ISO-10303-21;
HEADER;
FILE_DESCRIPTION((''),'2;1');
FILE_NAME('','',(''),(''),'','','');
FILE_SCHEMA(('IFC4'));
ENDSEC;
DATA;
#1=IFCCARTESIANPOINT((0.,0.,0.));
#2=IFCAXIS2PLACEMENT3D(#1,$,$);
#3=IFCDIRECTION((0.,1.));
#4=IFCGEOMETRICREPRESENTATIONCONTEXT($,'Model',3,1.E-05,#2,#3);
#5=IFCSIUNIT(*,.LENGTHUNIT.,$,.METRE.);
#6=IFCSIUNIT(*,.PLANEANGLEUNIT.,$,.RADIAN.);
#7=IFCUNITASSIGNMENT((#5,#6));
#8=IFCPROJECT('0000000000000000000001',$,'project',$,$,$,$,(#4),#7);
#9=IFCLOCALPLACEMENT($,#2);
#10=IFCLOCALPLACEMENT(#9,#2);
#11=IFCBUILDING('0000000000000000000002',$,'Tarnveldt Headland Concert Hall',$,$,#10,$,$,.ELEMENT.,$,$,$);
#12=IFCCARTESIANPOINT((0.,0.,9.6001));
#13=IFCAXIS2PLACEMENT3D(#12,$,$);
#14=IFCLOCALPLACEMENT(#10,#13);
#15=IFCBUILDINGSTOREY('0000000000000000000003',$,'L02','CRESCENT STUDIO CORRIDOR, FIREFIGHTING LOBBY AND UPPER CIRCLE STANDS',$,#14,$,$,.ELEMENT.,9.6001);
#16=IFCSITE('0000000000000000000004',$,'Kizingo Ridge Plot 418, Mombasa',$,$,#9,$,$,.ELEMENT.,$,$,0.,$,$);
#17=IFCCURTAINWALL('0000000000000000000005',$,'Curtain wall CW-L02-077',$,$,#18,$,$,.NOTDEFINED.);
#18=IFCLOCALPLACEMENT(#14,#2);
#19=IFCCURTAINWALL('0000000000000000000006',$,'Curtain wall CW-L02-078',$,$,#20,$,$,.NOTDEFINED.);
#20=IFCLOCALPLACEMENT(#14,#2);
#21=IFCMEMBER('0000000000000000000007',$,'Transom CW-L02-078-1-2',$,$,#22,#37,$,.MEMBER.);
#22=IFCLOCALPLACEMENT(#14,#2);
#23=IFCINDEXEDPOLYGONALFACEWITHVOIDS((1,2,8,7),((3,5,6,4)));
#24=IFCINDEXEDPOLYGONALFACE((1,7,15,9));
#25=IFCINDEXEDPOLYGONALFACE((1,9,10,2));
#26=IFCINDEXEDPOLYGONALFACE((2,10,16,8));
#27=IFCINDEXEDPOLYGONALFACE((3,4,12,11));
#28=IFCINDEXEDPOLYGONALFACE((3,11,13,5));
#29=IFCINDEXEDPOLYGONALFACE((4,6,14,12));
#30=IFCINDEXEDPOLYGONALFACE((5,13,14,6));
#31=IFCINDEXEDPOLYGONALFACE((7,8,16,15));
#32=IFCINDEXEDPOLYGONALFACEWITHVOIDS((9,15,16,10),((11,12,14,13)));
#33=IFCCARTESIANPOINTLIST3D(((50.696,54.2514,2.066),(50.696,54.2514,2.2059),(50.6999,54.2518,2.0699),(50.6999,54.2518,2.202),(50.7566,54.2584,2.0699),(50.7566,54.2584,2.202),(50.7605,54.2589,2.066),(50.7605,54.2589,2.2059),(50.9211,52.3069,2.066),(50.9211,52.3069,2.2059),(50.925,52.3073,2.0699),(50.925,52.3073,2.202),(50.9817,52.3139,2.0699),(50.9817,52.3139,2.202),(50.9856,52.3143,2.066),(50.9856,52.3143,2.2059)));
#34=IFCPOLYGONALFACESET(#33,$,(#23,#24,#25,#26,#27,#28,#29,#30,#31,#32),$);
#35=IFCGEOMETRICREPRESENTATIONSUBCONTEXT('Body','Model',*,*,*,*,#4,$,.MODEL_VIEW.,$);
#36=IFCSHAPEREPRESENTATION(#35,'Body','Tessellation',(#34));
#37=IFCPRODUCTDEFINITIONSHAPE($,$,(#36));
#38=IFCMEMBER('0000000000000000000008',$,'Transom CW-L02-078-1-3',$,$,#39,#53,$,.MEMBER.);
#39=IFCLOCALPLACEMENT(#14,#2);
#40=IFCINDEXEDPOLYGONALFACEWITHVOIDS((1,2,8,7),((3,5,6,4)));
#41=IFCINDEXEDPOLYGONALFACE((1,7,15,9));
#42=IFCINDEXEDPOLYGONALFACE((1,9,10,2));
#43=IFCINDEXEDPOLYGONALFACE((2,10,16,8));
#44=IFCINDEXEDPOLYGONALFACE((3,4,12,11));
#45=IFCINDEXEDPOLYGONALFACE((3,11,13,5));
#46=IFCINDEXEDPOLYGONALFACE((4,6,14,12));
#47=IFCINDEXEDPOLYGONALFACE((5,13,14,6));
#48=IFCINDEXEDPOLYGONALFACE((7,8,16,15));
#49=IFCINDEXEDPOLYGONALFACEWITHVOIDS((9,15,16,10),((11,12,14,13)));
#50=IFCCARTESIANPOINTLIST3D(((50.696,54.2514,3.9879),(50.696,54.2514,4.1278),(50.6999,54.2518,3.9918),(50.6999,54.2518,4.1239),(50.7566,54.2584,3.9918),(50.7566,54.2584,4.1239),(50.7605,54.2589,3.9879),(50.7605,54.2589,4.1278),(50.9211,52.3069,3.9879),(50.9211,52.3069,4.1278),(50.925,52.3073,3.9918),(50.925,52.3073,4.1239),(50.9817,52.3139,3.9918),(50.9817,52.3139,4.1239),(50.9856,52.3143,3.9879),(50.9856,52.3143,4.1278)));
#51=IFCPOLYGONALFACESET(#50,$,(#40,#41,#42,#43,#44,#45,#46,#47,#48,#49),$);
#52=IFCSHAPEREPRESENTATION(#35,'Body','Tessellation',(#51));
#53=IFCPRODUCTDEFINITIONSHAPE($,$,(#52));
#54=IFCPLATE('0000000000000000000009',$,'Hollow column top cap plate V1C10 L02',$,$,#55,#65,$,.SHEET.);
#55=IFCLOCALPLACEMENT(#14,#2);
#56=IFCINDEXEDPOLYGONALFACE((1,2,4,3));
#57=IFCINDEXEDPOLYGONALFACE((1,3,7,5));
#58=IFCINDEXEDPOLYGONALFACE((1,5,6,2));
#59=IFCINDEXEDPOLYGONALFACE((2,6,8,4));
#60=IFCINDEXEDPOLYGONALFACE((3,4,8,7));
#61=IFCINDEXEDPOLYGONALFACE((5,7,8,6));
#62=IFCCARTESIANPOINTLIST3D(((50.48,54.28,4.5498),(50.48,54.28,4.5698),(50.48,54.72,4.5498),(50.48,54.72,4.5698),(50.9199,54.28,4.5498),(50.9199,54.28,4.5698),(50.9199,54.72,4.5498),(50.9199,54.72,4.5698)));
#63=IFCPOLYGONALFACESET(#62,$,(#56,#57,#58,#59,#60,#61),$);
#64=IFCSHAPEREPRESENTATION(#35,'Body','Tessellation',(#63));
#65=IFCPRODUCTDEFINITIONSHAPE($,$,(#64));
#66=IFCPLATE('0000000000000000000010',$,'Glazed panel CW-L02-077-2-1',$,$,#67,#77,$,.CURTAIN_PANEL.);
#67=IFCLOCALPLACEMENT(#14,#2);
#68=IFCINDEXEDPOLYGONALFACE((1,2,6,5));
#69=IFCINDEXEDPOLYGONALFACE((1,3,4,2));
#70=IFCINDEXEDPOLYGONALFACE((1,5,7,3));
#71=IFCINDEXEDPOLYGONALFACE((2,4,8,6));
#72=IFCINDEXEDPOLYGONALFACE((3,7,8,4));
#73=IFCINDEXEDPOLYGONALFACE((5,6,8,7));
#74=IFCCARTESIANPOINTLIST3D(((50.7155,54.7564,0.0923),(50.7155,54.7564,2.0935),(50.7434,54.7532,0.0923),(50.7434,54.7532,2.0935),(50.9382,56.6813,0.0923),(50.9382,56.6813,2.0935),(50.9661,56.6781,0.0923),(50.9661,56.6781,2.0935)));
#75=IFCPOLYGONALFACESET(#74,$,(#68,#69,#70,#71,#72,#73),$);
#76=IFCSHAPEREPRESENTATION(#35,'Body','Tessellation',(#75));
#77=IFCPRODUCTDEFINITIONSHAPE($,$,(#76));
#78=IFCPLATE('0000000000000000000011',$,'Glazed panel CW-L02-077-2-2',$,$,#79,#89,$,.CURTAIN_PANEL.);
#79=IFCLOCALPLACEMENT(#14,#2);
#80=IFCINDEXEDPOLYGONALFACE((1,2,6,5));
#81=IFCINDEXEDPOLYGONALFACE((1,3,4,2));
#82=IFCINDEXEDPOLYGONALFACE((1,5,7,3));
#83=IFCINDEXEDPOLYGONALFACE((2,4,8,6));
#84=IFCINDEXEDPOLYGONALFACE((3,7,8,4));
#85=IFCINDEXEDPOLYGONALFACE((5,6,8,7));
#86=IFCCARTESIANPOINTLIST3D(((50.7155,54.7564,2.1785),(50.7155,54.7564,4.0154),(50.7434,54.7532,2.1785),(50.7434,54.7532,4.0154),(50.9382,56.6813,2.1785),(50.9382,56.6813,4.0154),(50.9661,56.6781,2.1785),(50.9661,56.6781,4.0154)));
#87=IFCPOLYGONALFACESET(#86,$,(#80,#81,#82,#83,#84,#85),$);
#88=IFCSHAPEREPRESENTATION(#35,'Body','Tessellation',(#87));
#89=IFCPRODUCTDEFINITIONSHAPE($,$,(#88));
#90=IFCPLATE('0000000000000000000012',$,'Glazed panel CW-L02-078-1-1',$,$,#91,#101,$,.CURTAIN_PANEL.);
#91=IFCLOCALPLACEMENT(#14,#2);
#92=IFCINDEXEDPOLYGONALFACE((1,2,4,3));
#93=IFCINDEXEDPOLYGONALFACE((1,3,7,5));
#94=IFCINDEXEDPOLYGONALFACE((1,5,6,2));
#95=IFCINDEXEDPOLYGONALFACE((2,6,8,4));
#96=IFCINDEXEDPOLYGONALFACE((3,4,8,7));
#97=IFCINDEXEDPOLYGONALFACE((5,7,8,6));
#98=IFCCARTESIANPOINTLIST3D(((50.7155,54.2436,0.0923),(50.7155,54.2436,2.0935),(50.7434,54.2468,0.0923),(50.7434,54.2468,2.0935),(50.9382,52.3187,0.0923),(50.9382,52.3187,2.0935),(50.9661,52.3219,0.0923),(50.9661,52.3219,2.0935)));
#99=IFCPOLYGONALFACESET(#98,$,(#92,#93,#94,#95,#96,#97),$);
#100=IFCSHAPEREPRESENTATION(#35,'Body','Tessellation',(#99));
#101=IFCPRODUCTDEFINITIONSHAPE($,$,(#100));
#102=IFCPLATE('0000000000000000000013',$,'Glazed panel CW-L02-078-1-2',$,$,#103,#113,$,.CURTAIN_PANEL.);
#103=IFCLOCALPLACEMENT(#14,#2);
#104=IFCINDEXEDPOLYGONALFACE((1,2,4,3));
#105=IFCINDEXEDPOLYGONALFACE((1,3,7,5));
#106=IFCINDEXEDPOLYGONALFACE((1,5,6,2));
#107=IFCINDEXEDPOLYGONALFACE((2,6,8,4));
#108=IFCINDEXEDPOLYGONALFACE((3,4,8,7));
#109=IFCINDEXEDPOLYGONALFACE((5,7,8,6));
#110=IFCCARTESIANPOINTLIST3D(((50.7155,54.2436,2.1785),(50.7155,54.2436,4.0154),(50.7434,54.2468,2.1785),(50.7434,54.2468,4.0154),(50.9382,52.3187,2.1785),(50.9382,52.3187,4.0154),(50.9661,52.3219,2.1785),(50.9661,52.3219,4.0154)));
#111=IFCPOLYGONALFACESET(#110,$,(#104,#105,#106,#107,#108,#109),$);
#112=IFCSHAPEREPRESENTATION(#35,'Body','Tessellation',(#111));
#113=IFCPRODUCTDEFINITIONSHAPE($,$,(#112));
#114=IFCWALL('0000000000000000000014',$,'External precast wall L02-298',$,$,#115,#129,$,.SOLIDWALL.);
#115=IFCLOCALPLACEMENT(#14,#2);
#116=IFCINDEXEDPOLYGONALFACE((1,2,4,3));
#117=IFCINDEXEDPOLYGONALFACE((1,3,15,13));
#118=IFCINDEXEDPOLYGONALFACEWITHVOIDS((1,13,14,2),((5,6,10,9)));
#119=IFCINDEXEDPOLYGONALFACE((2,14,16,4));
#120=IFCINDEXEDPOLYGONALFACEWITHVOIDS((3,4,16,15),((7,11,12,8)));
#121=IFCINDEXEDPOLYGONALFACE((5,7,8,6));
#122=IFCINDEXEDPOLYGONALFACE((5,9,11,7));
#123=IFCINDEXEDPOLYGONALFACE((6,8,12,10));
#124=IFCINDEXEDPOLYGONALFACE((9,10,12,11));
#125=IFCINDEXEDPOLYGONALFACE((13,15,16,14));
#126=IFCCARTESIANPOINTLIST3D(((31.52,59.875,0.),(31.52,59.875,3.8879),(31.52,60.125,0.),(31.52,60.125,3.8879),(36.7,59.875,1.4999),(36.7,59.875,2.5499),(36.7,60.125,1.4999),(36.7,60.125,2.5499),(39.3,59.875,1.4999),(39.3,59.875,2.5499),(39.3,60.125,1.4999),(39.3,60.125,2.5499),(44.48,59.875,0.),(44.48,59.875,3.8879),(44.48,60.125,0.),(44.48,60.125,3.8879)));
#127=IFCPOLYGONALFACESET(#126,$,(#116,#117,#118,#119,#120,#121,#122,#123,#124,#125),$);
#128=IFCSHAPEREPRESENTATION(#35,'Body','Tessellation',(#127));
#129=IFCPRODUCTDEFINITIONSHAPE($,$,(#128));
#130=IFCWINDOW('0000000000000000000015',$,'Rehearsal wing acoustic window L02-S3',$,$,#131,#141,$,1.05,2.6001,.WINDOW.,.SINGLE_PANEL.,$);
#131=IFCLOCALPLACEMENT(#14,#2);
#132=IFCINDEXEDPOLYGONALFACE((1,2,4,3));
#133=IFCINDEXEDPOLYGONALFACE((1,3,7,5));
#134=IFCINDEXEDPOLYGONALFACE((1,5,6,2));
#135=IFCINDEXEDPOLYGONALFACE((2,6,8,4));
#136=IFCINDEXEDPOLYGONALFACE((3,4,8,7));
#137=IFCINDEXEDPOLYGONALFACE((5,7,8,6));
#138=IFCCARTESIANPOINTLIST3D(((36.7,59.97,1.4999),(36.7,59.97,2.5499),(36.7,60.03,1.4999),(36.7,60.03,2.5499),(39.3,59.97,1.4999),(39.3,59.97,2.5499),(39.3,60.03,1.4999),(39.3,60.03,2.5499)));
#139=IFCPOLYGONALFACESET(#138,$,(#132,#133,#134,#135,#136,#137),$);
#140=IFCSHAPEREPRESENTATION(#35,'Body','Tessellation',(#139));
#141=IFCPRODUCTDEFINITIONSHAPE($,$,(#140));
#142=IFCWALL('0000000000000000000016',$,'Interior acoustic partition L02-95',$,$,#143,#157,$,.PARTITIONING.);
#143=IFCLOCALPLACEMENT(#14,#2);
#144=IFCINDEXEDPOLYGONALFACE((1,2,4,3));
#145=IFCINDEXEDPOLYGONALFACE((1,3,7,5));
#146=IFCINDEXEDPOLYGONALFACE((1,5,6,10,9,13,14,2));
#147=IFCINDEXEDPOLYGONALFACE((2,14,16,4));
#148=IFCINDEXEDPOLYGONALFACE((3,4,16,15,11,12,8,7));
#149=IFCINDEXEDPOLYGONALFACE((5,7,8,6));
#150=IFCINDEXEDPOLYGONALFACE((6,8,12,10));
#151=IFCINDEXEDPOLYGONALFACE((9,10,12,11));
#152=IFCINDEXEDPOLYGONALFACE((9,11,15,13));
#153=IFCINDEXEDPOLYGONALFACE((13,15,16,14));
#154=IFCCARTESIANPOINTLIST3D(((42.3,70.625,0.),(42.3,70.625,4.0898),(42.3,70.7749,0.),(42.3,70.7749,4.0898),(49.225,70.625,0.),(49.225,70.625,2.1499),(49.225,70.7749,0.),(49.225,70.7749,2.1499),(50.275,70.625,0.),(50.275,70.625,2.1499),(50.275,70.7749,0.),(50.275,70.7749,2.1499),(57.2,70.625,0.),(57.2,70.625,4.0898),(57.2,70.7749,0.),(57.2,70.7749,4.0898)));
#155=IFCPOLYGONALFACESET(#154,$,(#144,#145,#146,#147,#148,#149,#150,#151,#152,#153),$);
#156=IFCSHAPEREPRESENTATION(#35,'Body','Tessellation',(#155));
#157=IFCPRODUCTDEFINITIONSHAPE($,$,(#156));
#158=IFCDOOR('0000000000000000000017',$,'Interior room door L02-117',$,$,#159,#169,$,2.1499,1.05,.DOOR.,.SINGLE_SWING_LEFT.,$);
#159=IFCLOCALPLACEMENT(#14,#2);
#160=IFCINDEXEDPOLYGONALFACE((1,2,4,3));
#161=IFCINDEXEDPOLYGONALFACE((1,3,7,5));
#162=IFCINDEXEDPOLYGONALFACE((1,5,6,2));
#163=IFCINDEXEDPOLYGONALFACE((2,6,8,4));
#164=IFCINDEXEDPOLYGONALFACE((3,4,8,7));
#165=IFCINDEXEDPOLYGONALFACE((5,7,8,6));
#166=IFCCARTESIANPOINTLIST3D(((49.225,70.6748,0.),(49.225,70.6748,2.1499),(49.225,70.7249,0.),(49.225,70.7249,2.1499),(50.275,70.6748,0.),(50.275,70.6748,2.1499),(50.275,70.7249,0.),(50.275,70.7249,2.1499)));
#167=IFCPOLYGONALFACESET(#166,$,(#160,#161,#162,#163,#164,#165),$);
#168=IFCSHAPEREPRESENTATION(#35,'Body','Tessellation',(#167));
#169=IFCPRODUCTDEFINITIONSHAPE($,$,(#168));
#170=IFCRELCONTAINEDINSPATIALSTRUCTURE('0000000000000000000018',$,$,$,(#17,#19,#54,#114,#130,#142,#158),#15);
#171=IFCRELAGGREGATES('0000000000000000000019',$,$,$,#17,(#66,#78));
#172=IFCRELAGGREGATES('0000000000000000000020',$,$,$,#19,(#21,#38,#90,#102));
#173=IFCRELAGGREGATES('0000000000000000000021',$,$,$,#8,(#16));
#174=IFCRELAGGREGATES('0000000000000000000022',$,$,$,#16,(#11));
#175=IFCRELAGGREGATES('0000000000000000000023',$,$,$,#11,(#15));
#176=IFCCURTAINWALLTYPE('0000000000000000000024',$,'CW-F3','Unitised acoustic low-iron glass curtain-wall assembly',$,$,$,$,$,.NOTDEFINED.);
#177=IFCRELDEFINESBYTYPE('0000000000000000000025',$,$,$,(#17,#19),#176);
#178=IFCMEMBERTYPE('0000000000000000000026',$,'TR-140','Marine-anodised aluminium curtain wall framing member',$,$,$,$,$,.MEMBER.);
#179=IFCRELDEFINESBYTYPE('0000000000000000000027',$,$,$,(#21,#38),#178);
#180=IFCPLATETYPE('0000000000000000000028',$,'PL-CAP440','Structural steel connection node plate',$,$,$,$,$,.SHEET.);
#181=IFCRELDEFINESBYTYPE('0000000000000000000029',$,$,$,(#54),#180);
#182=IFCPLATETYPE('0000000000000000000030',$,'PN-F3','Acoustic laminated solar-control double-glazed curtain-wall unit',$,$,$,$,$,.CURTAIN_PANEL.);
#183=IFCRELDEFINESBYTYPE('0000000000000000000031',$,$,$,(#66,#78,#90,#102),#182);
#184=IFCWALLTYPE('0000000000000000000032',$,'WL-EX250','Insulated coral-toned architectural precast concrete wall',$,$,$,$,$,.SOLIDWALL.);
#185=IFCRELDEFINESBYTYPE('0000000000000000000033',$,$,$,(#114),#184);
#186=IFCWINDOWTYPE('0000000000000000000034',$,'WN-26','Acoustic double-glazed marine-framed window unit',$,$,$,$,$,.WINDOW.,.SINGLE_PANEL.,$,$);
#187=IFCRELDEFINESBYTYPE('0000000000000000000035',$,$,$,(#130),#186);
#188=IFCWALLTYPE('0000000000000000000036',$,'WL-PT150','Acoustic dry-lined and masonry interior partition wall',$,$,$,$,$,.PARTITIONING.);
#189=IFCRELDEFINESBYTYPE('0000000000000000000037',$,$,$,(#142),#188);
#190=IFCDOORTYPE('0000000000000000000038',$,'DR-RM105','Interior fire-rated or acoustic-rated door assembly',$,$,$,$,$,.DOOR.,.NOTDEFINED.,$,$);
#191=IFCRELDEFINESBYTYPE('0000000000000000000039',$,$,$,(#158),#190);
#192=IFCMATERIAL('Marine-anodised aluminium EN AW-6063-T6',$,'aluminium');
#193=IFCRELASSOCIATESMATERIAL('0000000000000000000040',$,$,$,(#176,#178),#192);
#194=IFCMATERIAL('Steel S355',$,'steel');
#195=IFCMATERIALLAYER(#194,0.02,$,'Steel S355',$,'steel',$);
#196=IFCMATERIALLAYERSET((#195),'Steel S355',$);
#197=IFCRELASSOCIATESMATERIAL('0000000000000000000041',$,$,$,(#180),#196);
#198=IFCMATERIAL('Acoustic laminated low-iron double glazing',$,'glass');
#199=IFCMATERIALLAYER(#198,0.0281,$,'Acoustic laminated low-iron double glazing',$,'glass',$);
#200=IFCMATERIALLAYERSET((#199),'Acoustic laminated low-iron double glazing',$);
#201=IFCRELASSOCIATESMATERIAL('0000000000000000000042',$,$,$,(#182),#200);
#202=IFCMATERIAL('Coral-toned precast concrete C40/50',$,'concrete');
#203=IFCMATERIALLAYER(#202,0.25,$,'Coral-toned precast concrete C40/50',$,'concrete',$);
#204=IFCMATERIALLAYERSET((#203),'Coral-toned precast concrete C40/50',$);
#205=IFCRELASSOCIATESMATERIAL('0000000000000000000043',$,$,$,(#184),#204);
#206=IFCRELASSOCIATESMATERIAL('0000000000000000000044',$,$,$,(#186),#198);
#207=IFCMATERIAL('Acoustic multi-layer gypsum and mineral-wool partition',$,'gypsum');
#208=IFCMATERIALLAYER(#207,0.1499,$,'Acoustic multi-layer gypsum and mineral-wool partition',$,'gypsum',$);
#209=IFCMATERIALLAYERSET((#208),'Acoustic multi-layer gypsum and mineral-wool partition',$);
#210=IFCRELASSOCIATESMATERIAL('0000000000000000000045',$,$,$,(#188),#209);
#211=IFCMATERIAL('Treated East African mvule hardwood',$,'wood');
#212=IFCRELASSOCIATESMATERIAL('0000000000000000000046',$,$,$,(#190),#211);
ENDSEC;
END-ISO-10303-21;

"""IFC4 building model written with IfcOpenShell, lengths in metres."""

from ifc_helpers import new_model, si_unit, direction, frame, frame_2d, origin, origin_2d, place, context, subcontext, project, spatial, rectangle, hollow_rectangle, extrude, material, layer, layer_set, material_profile, profile_set, type_object, element, fill, aggregate, save


model = new_model("IFC4")

# Units and contexts
model_context = context("Model", 3, precision=1e-05, world=origin(), true_north=direction((0.0, 1.0)))
body_context = subcontext(model_context, "Body", "Model", "MODEL_VIEW")
ifc_project = project(units=[si_unit("LENGTHUNIT", "METRE"), si_unit("PLANEANGLEUNIT", "RADIAN")], contexts=[model_context])

# Site, building, storey
site_placement = place(None, origin())
site = spatial("IfcSite", under=ifc_project, at=site_placement, Name="Kizingo Ridge Plot 418, Mombasa", CompositionType="ELEMENT", RefElevation=0.0)
building_placement = place(site_placement, origin())
building = spatial("IfcBuilding", under=site, at=building_placement, Name="Tarnveldt Headland Concert Hall", CompositionType="ELEMENT")
storey_placement = place(building_placement, frame((0.0, 0.0, 9.6001)))
storey = spatial("IfcBuildingStorey", under=building, at=storey_placement, Name="L02", Description="CRESCENT STUDIO CORRIDOR, FIREFIGHTING LOBBY AND UPPER CIRCLE STANDS", CompositionType="ELEMENT", Elevation=9.6001)

# Shared definitions
ifc_material_1 = material(Name="Steel S355", Category="steel")

# Curtain walls
ifc_material_2 = material(Name="Marine-anodised aluminium EN AW-6063-T6", Category="aluminium")
curtain_wall_type = type_object("IfcCurtainWallType", Name="CW-F3", Description="Unitised acoustic low-iron glass curtain-wall assembly", PredefinedType="NOTDEFINED", material=ifc_material_2)
curtain_wall_1_placement = place(storey_placement, origin())
curtain_wall_1 = element("IfcCurtainWall", 1, at=curtain_wall_1_placement, inside=storey, type_object=curtain_wall_type, Name="Curtain wall CW-L02-077", PredefinedType="NOTDEFINED")
curtain_wall_2_placement = place(storey_placement, origin())
curtain_wall_2 = element("IfcCurtainWall", 2, at=curtain_wall_2_placement, inside=storey, type_object=curtain_wall_type, Name="Curtain wall CW-L02-078", PredefinedType="NOTDEFINED")

# Members
ifc_material_profile_1 = material_profile(ifc_material_2, hollow_rectangle(XDim=0.0649, YDim=0.1399, WallThickness=0.0039, at=origin_2d()), Name="ALU TRANSOM 65x140x4", Category="aluminium")
ifc_profile_set_1 = profile_set([ifc_material_profile_1], Name="Marine-anodised aluminium EN AW-6063-T6")
member_type_1 = type_object("IfcMemberType", Name="TR-140", Description="Marine-anodised aluminium curtain wall framing member", PredefinedType="MEMBER", material=ifc_profile_set_1)
member_1_placement = place(storey_placement, frame((50.7283, 54.2551, 2.136), z_axis=(0.114989, -0.993367, 0.0), x_axis=(0.993367, 0.114989, 0.0)))
member_1 = element("IfcMember", 3, at=member_1_placement, type_object=member_type_1, Name="Transom CW-L02-078-1-2", PredefinedType="MEMBER", context=body_context, shape_type="SweptSolid", body=[
    extrude(hollow_rectangle(XDim=0.0649, YDim=0.1399, WallThickness=0.0039, at=origin_2d()), origin(), (0.0, 0.0, 1.0), 1.9575),
])
member_2_placement = place(storey_placement, frame((50.7283, 54.2551, 4.0579), z_axis=(0.114989, -0.993367, 0.0), x_axis=(0.993367, 0.114989, 0.0)))
member_2 = element("IfcMember", 4, at=member_2_placement, type_object=member_type_1, Name="Transom CW-L02-078-1-3", PredefinedType="MEMBER", context=body_context, shape_type="SweptSolid", body=[
    extrude(hollow_rectangle(XDim=0.0649, YDim=0.1399, WallThickness=0.0039, at=origin_2d()), origin(), (0.0, 0.0, 1.0), 1.9575),
])

# Plates
ifc_layer_1 = layer(ifc_material_1, 0.02, Name="Steel S355", Category="steel")
ifc_layer_set_1 = layer_set([ifc_layer_1], Name="Steel S355")
plate_type_1 = type_object("IfcPlateType", Name="PL-CAP440", Description="Structural steel connection node plate", PredefinedType="SHEET", material=ifc_layer_set_1)
plate_1_placement = place(storey_placement, frame((50.7, 54.5, 4.5498), z_axis=(0.0, 0.0, 1.0), x_axis=(-1.0, 0.0, 0.0)))
element("IfcPlate", 5, at=plate_1_placement, inside=storey, type_object=plate_type_1, Name="Hollow column top cap plate V1C10 L02", PredefinedType="SHEET", context=body_context, shape_type="SweptSolid", body=[
    extrude(rectangle(XDim=0.4399, YDim=0.4399, at=origin_2d()), origin(), (0.0, 0.0, 1.0), 0.02),
])
ifc_material_3 = material(Name="Acoustic laminated low-iron double glazing", Category="glass")
ifc_layer_2 = layer(ifc_material_3, 0.0281, Name="Acoustic laminated low-iron double glazing", Category="glass")
ifc_layer_set_2 = layer_set([ifc_layer_2], Name="Acoustic laminated low-iron double glazing")
plate_type_2 = type_object("IfcPlateType", Name="PN-F3", Description="Acoustic laminated solar-control double-glazed curtain-wall unit", PredefinedType="CURTAIN_PANEL", material=ifc_layer_set_2)
plate_2_placement = place(storey_placement, frame((50.8408, 55.7173, 0.0923), z_axis=(0.0, 0.0, 1.0), x_axis=(-0.114937, -0.993373, 0.0)))
plate_2 = element("IfcPlate", 6, at=plate_2_placement, type_object=plate_type_2, Name="Glazed panel CW-L02-077-2-1", PredefinedType="CURTAIN_PANEL", context=body_context, shape_type="SweptSolid", body=[
    extrude(rectangle(XDim=1.9377, YDim=0.0281, at=origin_2d()), origin(), (0.0, 0.0, 1.0), 2.0012),
])
plate_3_placement = place(storey_placement, frame((50.8408, 55.7173, 2.1785), z_axis=(0.0, 0.0, 1.0), x_axis=(-0.114937, -0.993373, 0.0)))
plate_3 = element("IfcPlate", 7, at=plate_3_placement, type_object=plate_type_2, Name="Glazed panel CW-L02-077-2-2", PredefinedType="CURTAIN_PANEL", context=body_context, shape_type="SweptSolid", body=[
    extrude(rectangle(XDim=1.9377, YDim=0.0281, at=origin_2d()), origin(), (0.0, 0.0, 1.0), 1.8369),
])
aggregate(curtain_wall_1, [plate_2, plate_3])
plate_4_placement = place(storey_placement, frame((50.8408, 53.2827, 0.0923), z_axis=(0.0, 0.0, 1.0), x_axis=(0.114937, -0.993373, 0.0)))
plate_4 = element("IfcPlate", 8, at=plate_4_placement, type_object=plate_type_2, Name="Glazed panel CW-L02-078-1-1", PredefinedType="CURTAIN_PANEL", context=body_context, shape_type="SweptSolid", body=[
    extrude(rectangle(XDim=1.9377, YDim=0.0281, at=origin_2d()), origin(), (0.0, 0.0, 1.0), 2.0012),
])
plate_5_placement = place(storey_placement, frame((50.8408, 53.2827, 2.1785), z_axis=(0.0, 0.0, 1.0), x_axis=(0.114937, -0.993373, 0.0)))
plate_5 = element("IfcPlate", 9, at=plate_5_placement, type_object=plate_type_2, Name="Glazed panel CW-L02-078-1-2", PredefinedType="CURTAIN_PANEL", context=body_context, shape_type="SweptSolid", body=[
    extrude(rectangle(XDim=1.9377, YDim=0.0281, at=origin_2d()), origin(), (0.0, 0.0, 1.0), 1.8369),
])
aggregate(curtain_wall_2, [member_1, member_2, plate_4, plate_5])

# Wall, opening, window
ifc_material_4 = material(Name="Coral-toned precast concrete C40/50", Category="concrete")
ifc_layer_3 = layer(ifc_material_4, 0.25, Name="Coral-toned precast concrete C40/50", Category="concrete")
ifc_layer_set_3 = layer_set([ifc_layer_3], Name="Coral-toned precast concrete C40/50")
wall_type_1 = type_object("IfcWallType", Name="WL-EX250", Description="Insulated coral-toned architectural precast concrete wall", PredefinedType="SOLIDWALL", material=ifc_layer_set_3)
wall_1_placement = place(storey_placement, frame((44.48, 60.0, 0.0), z_axis=(0.0, 0.0, 1.0), x_axis=(-1.0, 0.0, 0.0)))
wall_1 = element("IfcWall", 10, at=wall_1_placement, inside=storey, type_object=wall_type_1, Name="External precast wall L02-298", PredefinedType="SOLIDWALL", context=body_context, shape_type="SweptSolid", body=[
    extrude(rectangle(XDim=12.96, YDim=0.25, at=frame_2d((6.48, 0.0))), origin(), (0.0, 0.0, 1.0), 3.8879),
])
opening_1_placement = place(wall_1_placement, frame((5.1799, 0.0, 1.5)))
opening_1 = element("IfcOpeningElement", 11, at=opening_1_placement, cuts=wall_1, PredefinedType="OPENING", context=body_context, shape_type="SweptSolid", body=[
    extrude(rectangle(XDim=2.6001, YDim=1.05, at=frame_2d((1.3, 0.5249))), frame((0.0, 0.135, 0.0), z_axis=(0.0, -1.0, 0.0), x_axis=(1.0, 0.0, 0.0)), (0.0, 0.0, 1.0), 0.27),
])
window_type = type_object("IfcWindowType", Name="WN-26", Description="Acoustic double-glazed marine-framed window unit", PartitioningType="SINGLE_PANEL", PredefinedType="WINDOW", material=ifc_material_3)
window_placement = place(opening_1_placement, origin())
window = element("IfcWindow", 12, at=window_placement, inside=storey, type_object=window_type, Name="Rehearsal wing acoustic window L02-S3", OverallHeight=1.05, OverallWidth=2.6001, PartitioningType="SINGLE_PANEL", PredefinedType="WINDOW", context=body_context, shape_type="SweptSolid", body=[
    extrude(rectangle(XDim=2.6001, YDim=1.05, at=frame_2d((1.3, 0.5249))), frame((0.0, 0.03, 0.0), z_axis=(0.0, -1.0, 0.0), x_axis=(1.0, 0.0, 0.0)), (0.0, 0.0, 1.0), 0.0601),
])
fill(opening_1, window)

# Wall, opening, door
ifc_material_5 = material(Name="Acoustic multi-layer gypsum and mineral-wool partition", Category="gypsum")
ifc_layer_4 = layer(ifc_material_5, 0.1499, Name="Acoustic multi-layer gypsum and mineral-wool partition", Category="gypsum")
ifc_layer_set_4 = layer_set([ifc_layer_4], Name="Acoustic multi-layer gypsum and mineral-wool partition")
wall_type_2 = type_object("IfcWallType", Name="WL-PT150", Description="Acoustic dry-lined and masonry interior partition wall", PredefinedType="PARTITIONING", material=ifc_layer_set_4)
wall_2_placement = place(storey_placement, frame((42.3, 70.7, 0.0), z_axis=(0.0, 0.0, 1.0), x_axis=(1.0, 0.0, 0.0)))
wall_2 = element("IfcWall", 13, at=wall_2_placement, inside=storey, type_object=wall_type_2, Name="Interior acoustic partition L02-95", PredefinedType="PARTITIONING", context=body_context, shape_type="SweptSolid", body=[
    extrude(rectangle(XDim=14.8999, YDim=0.1499, at=frame_2d((7.45, 0.0))), origin(), (0.0, 0.0, 1.0), 4.0898),
])
opening_2_placement = place(wall_2_placement, frame((6.925, 0.0, 0.0)))
opening_2 = element("IfcOpeningElement", 14, at=opening_2_placement, cuts=wall_2, PredefinedType="OPENING", context=body_context, shape_type="SweptSolid", body=[
    extrude(rectangle(XDim=1.05, YDim=2.1499, at=frame_2d((0.5249, 1.075))), frame((0.0, 0.085, 0.0), z_axis=(0.0, -1.0, 0.0), x_axis=(1.0, 0.0, 0.0)), (0.0, 0.0, 1.0), 0.1699),
])
ifc_material_6 = material(Name="Treated East African mvule hardwood", Category="wood")
door_type = type_object("IfcDoorType", Name="DR-RM105", Description="Interior fire-rated or acoustic-rated door assembly", OperationType="NOTDEFINED", PredefinedType="DOOR", material=ifc_material_6)
door_1_placement = place(opening_2_placement, origin())
door_1 = element("IfcDoor", 15, at=door_1_placement, inside=storey, type_object=door_type, Name="Interior room door L02-117", OperationType="SINGLE_SWING_LEFT", OverallHeight=2.1499, OverallWidth=1.05, PredefinedType="DOOR", context=body_context, shape_type="SweptSolid", body=[
    extrude(rectangle(XDim=1.05, YDim=2.1499, at=frame_2d((0.5249, 1.075))), frame((0.0, 0.0249, 0.0), z_axis=(0.0, -1.0, 0.0), x_axis=(1.0, 0.0, 0.0)), (0.0, 0.0, 1.0), 0.05),
])
fill(opening_2, door_1)

save(model, "model.ifc")
